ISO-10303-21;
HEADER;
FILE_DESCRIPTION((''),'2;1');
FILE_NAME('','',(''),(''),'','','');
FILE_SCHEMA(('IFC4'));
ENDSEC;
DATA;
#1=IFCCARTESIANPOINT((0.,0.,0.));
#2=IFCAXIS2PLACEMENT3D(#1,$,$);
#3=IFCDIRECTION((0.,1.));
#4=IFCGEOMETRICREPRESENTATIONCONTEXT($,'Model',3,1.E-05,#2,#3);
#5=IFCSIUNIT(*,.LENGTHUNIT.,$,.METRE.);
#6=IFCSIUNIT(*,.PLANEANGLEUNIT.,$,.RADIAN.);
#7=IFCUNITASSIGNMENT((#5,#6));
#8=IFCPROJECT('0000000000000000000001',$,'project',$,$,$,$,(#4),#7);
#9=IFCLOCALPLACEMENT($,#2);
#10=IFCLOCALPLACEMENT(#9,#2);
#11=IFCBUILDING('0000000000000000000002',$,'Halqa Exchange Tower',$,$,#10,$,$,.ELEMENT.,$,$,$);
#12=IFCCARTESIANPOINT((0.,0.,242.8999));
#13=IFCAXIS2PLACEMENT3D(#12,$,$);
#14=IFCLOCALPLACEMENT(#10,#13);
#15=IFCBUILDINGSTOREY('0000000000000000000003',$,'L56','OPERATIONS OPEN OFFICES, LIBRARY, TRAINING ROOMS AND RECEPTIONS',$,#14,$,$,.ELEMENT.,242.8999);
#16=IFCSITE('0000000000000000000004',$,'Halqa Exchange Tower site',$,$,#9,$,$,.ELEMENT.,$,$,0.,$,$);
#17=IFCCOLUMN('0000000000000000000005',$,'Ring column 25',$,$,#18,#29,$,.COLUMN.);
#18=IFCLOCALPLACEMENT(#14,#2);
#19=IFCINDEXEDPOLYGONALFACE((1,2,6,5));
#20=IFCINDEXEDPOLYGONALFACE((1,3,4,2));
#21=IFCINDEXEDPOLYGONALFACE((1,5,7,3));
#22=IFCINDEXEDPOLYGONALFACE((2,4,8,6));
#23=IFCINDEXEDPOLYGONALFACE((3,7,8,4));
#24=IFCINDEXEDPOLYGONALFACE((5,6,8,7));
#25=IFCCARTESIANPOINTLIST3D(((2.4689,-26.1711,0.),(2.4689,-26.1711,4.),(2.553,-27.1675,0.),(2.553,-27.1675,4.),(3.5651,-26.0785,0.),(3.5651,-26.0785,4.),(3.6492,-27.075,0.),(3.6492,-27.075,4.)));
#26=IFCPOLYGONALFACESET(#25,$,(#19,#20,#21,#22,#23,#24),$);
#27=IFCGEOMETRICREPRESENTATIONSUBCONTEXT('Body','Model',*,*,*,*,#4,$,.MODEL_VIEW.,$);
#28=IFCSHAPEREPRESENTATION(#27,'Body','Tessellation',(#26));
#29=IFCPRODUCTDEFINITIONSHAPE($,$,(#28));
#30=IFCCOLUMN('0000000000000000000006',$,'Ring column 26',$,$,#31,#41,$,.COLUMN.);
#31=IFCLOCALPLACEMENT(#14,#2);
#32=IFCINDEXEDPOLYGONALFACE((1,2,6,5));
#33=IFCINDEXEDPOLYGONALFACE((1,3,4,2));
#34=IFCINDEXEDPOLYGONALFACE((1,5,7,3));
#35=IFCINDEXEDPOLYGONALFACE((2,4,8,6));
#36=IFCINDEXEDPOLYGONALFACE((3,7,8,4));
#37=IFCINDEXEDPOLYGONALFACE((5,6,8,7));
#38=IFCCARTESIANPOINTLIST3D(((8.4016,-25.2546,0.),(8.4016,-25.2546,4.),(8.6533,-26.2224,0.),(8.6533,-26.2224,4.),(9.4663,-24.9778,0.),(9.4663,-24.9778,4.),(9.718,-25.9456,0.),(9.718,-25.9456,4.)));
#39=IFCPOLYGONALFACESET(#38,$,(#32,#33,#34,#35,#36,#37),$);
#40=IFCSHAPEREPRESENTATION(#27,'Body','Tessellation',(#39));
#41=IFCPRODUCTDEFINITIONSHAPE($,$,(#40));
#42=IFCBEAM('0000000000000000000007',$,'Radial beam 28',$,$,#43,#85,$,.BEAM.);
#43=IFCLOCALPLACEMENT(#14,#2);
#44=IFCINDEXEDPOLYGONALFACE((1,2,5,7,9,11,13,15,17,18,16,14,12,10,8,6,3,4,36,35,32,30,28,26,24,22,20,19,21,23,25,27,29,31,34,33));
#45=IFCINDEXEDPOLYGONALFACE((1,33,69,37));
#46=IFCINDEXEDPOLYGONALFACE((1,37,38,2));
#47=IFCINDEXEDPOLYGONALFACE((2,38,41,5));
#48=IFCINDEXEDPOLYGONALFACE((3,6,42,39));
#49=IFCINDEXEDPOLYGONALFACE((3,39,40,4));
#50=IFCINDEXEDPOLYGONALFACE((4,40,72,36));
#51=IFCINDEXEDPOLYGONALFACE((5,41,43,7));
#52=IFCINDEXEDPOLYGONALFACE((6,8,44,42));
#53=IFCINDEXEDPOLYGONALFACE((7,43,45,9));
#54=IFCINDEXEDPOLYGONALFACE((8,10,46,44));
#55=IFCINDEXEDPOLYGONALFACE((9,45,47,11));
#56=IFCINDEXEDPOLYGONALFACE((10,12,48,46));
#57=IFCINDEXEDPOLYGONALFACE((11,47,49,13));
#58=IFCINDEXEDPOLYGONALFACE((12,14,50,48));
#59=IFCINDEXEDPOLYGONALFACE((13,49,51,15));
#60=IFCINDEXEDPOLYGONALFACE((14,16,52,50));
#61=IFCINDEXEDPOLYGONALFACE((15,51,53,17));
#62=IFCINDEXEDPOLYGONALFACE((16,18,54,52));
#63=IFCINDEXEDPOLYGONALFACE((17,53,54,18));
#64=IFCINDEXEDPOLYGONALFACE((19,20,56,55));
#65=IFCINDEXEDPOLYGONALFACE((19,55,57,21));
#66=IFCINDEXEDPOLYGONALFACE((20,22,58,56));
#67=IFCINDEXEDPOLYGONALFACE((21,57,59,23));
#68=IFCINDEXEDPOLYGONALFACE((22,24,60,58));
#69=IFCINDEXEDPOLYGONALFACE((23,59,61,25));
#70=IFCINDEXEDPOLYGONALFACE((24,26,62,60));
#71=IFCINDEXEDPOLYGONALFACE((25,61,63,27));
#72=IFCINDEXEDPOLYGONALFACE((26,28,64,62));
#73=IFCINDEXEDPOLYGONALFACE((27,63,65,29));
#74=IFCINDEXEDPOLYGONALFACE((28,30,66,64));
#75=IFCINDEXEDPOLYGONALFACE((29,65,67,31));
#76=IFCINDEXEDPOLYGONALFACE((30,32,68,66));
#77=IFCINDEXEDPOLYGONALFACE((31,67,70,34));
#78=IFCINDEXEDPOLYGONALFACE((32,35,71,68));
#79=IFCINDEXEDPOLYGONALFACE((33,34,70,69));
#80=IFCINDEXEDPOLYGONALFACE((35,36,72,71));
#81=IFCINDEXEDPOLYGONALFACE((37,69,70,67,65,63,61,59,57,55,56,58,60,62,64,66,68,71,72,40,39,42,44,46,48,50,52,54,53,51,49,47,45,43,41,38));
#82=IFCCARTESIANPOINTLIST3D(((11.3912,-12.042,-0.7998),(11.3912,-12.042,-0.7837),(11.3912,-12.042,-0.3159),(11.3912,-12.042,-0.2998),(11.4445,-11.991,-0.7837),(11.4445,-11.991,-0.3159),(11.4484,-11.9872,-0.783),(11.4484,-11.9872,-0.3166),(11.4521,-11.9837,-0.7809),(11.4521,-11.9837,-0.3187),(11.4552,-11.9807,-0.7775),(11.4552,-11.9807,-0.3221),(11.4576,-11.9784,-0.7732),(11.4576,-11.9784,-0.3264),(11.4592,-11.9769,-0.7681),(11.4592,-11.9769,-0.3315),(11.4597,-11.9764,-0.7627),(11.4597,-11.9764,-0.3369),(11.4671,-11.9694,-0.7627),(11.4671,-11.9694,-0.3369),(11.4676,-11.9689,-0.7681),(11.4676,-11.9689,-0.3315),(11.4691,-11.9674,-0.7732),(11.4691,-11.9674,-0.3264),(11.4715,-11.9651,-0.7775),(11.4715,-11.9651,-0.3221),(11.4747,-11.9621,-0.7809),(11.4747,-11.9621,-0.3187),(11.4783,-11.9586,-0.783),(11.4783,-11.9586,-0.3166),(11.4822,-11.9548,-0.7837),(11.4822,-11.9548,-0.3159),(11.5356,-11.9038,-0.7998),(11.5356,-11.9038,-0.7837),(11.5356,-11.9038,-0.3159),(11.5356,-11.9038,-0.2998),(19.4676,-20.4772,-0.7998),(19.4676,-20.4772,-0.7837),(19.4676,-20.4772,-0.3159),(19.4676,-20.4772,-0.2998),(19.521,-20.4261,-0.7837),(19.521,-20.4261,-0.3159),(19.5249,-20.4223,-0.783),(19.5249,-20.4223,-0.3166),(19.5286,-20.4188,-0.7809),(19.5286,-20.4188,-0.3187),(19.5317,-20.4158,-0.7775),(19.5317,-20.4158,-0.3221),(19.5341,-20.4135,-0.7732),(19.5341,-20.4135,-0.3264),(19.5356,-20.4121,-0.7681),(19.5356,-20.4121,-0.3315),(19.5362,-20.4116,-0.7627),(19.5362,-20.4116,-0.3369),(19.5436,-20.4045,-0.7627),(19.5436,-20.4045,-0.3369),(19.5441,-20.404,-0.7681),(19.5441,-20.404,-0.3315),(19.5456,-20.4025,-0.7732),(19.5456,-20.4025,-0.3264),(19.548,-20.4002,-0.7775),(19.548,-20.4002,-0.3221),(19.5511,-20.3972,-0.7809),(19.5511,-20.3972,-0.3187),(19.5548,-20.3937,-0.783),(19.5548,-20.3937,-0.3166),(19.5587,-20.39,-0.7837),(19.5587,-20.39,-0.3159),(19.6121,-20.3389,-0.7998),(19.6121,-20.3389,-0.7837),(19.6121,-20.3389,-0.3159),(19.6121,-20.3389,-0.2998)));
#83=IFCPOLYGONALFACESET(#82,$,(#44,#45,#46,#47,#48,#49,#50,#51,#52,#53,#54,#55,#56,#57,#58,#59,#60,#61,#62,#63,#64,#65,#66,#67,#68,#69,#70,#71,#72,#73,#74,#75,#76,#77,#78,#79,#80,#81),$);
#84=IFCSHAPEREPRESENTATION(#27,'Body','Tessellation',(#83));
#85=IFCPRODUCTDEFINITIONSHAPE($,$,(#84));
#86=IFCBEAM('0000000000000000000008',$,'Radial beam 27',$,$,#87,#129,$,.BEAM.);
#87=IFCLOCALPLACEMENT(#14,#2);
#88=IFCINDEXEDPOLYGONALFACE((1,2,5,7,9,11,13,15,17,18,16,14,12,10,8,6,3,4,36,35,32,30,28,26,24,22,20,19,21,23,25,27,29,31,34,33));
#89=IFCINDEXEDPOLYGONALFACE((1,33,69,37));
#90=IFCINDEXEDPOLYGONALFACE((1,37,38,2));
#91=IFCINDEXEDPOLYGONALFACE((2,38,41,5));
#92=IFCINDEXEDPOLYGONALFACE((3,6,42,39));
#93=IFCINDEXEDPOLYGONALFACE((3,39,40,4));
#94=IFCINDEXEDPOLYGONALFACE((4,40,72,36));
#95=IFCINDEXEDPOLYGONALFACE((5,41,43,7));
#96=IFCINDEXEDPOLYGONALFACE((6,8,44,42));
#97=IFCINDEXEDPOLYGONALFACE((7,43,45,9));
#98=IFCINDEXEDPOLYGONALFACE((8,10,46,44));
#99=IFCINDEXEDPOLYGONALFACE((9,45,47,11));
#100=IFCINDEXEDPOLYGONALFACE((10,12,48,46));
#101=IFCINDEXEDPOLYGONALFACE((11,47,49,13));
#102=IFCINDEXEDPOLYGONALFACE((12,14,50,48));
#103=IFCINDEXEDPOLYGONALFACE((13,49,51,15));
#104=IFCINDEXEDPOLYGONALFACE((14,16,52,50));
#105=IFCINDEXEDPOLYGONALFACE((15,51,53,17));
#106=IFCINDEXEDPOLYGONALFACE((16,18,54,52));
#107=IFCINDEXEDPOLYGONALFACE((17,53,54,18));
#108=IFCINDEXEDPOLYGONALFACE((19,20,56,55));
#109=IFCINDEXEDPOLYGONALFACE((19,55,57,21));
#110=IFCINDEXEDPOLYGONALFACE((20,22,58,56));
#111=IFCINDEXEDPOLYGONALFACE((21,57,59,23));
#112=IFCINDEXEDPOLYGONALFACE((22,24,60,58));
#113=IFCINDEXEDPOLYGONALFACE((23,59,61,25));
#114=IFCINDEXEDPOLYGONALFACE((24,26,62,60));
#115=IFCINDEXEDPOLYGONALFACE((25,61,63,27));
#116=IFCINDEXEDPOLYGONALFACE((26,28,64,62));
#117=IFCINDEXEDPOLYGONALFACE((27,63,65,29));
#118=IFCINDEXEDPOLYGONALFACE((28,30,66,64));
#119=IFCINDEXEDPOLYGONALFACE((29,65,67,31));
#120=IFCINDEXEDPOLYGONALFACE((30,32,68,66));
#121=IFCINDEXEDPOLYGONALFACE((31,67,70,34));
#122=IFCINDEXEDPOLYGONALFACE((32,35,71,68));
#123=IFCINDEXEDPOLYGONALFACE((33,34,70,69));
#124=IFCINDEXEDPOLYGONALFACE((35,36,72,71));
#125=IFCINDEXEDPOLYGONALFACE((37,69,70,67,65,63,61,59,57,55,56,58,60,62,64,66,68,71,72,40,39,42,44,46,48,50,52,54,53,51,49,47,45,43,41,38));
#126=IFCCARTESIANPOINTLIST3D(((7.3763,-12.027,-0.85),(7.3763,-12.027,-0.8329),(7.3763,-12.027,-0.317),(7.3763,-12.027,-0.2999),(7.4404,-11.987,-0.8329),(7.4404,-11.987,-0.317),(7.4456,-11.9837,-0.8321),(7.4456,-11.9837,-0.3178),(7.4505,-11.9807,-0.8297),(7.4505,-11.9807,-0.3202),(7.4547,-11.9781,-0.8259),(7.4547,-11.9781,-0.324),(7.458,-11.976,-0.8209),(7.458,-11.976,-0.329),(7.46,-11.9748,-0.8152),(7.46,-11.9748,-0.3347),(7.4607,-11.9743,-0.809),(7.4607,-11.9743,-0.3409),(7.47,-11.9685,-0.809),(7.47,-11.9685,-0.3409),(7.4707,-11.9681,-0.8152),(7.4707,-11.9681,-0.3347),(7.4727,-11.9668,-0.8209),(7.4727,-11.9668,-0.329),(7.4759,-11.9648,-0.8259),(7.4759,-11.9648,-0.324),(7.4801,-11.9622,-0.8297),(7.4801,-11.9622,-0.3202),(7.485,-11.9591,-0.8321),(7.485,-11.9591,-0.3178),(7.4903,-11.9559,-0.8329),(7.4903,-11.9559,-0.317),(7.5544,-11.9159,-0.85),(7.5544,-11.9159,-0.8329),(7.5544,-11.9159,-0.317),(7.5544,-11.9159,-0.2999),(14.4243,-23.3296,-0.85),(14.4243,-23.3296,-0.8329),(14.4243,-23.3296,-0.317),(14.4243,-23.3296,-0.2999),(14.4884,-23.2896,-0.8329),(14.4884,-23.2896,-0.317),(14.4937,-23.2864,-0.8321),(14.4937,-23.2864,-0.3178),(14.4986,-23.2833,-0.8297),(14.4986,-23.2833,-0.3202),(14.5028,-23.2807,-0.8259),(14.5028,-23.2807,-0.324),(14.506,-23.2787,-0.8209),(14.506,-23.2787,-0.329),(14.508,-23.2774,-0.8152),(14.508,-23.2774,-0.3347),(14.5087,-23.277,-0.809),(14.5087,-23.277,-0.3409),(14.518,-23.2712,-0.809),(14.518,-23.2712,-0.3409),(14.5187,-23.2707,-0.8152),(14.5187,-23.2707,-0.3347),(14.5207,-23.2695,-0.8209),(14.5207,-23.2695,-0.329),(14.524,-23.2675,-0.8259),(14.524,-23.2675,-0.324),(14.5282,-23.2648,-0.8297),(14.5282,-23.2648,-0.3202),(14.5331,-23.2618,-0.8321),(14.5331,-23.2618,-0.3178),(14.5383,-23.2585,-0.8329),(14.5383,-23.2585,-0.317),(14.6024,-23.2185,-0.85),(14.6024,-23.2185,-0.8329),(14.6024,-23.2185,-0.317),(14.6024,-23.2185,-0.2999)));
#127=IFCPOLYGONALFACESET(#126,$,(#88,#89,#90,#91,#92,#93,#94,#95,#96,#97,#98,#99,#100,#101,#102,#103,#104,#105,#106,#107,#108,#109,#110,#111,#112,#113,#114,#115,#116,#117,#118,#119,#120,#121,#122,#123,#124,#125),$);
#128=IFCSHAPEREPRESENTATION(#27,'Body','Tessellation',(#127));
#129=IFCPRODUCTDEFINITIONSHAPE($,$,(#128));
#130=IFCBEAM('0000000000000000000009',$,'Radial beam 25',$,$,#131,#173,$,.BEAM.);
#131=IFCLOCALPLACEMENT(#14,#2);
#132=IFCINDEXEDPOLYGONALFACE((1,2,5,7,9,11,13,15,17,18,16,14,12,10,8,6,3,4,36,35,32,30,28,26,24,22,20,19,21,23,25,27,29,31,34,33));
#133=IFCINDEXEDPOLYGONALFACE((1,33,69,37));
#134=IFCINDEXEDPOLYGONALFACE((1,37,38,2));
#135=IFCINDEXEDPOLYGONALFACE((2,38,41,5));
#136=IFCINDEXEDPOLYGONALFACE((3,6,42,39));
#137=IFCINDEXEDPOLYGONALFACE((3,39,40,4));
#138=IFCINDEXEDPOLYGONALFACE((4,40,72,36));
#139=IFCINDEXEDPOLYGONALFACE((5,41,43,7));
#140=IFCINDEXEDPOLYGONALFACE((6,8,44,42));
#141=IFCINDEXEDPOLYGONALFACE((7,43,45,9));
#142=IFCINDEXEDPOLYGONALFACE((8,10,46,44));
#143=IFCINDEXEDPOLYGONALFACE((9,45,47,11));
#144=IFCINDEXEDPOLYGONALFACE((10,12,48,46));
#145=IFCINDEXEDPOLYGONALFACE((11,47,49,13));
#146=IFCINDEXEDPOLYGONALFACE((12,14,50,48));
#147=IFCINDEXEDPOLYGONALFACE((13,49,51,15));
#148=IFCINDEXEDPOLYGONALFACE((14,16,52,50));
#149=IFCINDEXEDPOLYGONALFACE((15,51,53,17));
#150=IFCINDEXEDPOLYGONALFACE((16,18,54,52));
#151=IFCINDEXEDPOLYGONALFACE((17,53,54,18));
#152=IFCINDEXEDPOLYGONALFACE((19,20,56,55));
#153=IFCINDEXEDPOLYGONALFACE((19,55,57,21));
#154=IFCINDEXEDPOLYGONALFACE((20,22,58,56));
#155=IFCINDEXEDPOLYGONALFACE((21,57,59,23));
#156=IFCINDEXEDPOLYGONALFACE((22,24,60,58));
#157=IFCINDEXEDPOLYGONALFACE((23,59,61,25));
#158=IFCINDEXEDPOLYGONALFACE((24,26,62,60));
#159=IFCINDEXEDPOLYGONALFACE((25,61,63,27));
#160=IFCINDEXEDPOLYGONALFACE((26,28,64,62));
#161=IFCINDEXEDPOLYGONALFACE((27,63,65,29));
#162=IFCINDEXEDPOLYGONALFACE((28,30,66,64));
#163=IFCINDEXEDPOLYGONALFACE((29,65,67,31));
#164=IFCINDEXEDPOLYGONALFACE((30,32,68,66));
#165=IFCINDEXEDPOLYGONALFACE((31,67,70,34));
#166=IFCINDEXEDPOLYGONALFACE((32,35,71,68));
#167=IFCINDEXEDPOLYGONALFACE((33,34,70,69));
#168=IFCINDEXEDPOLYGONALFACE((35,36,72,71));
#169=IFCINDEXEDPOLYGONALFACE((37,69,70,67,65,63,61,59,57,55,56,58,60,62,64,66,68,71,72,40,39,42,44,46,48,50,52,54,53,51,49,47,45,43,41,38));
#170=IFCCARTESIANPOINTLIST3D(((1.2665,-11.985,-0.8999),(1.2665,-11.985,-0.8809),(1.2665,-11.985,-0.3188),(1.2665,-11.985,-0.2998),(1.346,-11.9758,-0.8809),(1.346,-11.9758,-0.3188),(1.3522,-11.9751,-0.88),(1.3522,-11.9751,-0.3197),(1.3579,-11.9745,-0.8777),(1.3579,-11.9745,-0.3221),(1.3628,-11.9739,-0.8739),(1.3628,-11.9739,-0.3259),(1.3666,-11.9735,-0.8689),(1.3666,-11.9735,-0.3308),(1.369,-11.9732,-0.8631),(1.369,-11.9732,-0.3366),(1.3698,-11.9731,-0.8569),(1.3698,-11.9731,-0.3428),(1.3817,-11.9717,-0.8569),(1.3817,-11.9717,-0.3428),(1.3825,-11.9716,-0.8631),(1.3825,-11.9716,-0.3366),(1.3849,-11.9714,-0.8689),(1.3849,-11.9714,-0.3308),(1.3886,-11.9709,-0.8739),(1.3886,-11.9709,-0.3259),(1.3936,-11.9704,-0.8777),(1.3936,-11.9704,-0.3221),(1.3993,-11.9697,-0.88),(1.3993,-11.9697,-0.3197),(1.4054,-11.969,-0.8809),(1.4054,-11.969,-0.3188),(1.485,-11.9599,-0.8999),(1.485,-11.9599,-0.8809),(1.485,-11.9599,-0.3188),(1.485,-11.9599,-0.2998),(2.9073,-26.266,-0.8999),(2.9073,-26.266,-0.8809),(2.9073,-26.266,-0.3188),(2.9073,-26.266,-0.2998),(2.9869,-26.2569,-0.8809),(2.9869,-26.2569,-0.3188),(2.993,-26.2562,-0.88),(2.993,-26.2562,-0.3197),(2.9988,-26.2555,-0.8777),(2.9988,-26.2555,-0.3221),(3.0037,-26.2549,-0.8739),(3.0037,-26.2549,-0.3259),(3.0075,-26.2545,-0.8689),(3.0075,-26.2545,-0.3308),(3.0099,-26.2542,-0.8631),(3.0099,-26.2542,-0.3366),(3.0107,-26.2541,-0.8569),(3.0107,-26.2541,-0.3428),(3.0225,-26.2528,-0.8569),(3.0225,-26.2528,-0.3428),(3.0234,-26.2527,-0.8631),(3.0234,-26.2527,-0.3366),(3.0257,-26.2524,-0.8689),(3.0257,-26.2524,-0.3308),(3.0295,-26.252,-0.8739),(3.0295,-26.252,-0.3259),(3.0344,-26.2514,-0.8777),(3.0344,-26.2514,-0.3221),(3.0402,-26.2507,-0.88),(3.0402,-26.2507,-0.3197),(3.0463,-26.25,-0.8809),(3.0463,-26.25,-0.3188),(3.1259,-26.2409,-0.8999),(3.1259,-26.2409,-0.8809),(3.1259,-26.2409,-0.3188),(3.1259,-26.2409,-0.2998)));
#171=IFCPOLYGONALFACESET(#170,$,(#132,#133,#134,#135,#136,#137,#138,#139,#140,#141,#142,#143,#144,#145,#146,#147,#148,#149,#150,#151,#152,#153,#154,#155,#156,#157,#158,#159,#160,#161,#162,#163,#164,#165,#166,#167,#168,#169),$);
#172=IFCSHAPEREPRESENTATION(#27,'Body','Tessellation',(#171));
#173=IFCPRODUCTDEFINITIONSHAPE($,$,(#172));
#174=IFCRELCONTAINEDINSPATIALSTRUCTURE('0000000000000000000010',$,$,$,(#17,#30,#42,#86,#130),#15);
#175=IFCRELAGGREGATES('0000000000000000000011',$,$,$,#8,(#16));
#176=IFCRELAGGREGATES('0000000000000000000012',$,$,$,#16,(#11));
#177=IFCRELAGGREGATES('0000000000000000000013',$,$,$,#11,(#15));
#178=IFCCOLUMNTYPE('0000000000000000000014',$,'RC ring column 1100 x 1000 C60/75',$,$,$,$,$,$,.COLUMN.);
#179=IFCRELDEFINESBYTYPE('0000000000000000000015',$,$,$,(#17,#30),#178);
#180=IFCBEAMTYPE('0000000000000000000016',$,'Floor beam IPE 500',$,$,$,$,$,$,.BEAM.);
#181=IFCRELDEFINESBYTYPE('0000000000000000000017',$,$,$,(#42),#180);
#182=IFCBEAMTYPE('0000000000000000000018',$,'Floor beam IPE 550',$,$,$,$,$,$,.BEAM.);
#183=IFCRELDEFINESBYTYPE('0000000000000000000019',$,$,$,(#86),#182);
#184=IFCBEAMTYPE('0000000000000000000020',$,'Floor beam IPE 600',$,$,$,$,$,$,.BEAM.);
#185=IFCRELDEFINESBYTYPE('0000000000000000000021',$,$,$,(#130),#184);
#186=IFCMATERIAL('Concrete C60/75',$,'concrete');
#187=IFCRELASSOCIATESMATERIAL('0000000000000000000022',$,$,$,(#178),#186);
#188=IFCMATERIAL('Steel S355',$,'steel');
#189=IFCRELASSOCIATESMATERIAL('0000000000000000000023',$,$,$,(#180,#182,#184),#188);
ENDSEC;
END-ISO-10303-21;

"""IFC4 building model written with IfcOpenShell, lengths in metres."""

from ifc_helpers import new_model, si_unit, direction, frame, origin, origin_2d, place, context, subcontext, project, spatial, rectangle, i_section, extrude, material, material_profile, profile_set, type_object, element, save


model = new_model("IFC4")

# Units and contexts
model_context = context("Model", 3, precision=1e-05, world=origin(), true_north=direction((0.0, 1.0)))
body_context = subcontext(model_context, "Body", "Model", "MODEL_VIEW")
ifc_project = project(units=[si_unit("LENGTHUNIT", "METRE"), si_unit("PLANEANGLEUNIT", "RADIAN")], contexts=[model_context])

# Site, building, storey
site_placement = place(None, origin())
site = spatial("IfcSite", under=ifc_project, at=site_placement, Name="Halqa Exchange Tower site", CompositionType="ELEMENT", RefElevation=0.0)
building_placement = place(site_placement, origin())
building = spatial("IfcBuilding", under=site, at=building_placement, Name="Halqa Exchange Tower", CompositionType="ELEMENT")
storey_placement = place(building_placement, frame((0.0, 0.0, 242.8999)))
storey = spatial("IfcBuildingStorey", under=building, at=storey_placement, Name="L56", Description="OPERATIONS OPEN OFFICES, LIBRARY, TRAINING ROOMS AND RECEPTIONS", CompositionType="ELEMENT", Elevation=242.8999)

# Columns
ifc_material_1 = material(Name="Concrete C60/75", Category="concrete")
ifc_material_profile_1 = material_profile(ifc_material_1, rectangle(XDim=1.1001, YDim=1.0, at=origin_2d()), Name="1100 x 1000")
ifc_profile_set_1 = profile_set([ifc_material_profile_1], Name="Concrete C60/75")
column_type = type_object("IfcColumnType", Name="RC ring column 1100 x 1000 C60/75", PredefinedType="COLUMN", material=ifc_profile_set_1)
for number, where, z_axis, x_axis, name in (
    (1, (3.0591, -26.623, 0.0), (0.0, 0.0, 1.0), (0.996456, 0.084121, 0.0), "Ring column 25"),
    (2, (9.0598, -25.6001, 0.0), (0.0, 0.0, 1.0), (0.96782, 0.251645, 0.0), "Ring column 26"),
):
    element("IfcColumn", number, at=place(storey_placement, frame(where, z_axis=z_axis, x_axis=x_axis)), inside=storey, type_object=column_type, Name=name, PredefinedType="COLUMN", context=body_context, shape_type="SweptSolid", body=[
        extrude(rectangle(XDim=1.1001, YDim=1.0, at=origin_2d()), origin(), (0.0, 0.0, 1.0), 4.0),
    ])

# Beams
ifc_material_2 = material(Name="Steel S355", Category="steel")
ifc_material_profile_2 = material_profile(ifc_material_2, i_section(OverallWidth=0.2, OverallDepth=0.5, WebThickness=0.0103, FlangeThickness=0.0161, FilletRadius=0.021, at=origin_2d()), Name="IPE 500")
ifc_profile_set_2 = profile_set([ifc_material_profile_2], Name="Steel S355")
beam_type_1 = type_object("IfcBeamType", Name="Floor beam IPE 500", PredefinedType="BEAM", material=ifc_profile_set_2)
beam_1_placement = place(storey_placement, frame((11.4634, -11.9729, -0.5498), z_axis=(0.691585, -0.722295, 0.0), x_axis=(0.722295, 0.691585, 0.0)))
element("IfcBeam", 3, at=beam_1_placement, inside=storey, type_object=beam_type_1, Name="Radial beam 28", PredefinedType="BEAM", context=body_context, shape_type="SweptSolid", body=[
    extrude(i_section(OverallWidth=0.2, OverallDepth=0.5, WebThickness=0.0103, FlangeThickness=0.0161, FilletRadius=0.021, at=origin_2d()), origin(), (0.0, 0.0, 1.0), 11.6782),
])
ifc_material_profile_3 = material_profile(ifc_material_2, i_section(OverallWidth=0.21, OverallDepth=0.55, WebThickness=0.011, FlangeThickness=0.0171, FilletRadius=0.0239, at=origin_2d()), Name="IPE 550")
ifc_profile_set_3 = profile_set([ifc_material_profile_3], Name="Steel S355")
beam_type_2 = type_object("IfcBeamType", Name="Floor beam IPE 550", PredefinedType="BEAM", material=ifc_profile_set_3)
beam_2_placement = place(storey_placement, frame((7.4653, -11.9714, -0.575), z_axis=(0.529129, -0.848542, 0.0), x_axis=(0.848542, 0.529129, 0.0)))
element("IfcBeam", 4, at=beam_2_placement, inside=storey, type_object=beam_type_2, Name="Radial beam 27", PredefinedType="BEAM", context=body_context, shape_type="SweptSolid", body=[
    extrude(i_section(OverallWidth=0.21, OverallDepth=0.55, WebThickness=0.011, FlangeThickness=0.0171, FilletRadius=0.0239, at=origin_2d()), origin(), (0.0, 0.0, 1.0), 13.3201),
])
ifc_material_profile_4 = material_profile(ifc_material_2, i_section(OverallWidth=0.22, OverallDepth=0.6001, WebThickness=0.012, FlangeThickness=0.019, FilletRadius=0.0239, at=origin_2d()), Name="IPE 600")
ifc_profile_set_4 = profile_set([ifc_material_profile_4], Name="Steel S355")
beam_type_3 = type_object("IfcBeamType", Name="Floor beam IPE 600", PredefinedType="BEAM", material=ifc_profile_set_4)
beam_3_placement = place(storey_placement, frame((1.3757, -11.9724, -0.5999), z_axis=(0.114148, -0.993464, 0.0), x_axis=(0.993464, 0.114148, 0.0)))
element("IfcBeam", 5, at=beam_3_placement, inside=storey, type_object=beam_type_3, Name="Radial beam 25", PredefinedType="BEAM", context=body_context, shape_type="SweptSolid", body=[
    extrude(i_section(OverallWidth=0.22, OverallDepth=0.6001, WebThickness=0.012, FlangeThickness=0.019, FilletRadius=0.0239, at=origin_2d()), origin(), (0.0, 0.0, 1.0), 14.375),
])

save(model, "model.ifc")
